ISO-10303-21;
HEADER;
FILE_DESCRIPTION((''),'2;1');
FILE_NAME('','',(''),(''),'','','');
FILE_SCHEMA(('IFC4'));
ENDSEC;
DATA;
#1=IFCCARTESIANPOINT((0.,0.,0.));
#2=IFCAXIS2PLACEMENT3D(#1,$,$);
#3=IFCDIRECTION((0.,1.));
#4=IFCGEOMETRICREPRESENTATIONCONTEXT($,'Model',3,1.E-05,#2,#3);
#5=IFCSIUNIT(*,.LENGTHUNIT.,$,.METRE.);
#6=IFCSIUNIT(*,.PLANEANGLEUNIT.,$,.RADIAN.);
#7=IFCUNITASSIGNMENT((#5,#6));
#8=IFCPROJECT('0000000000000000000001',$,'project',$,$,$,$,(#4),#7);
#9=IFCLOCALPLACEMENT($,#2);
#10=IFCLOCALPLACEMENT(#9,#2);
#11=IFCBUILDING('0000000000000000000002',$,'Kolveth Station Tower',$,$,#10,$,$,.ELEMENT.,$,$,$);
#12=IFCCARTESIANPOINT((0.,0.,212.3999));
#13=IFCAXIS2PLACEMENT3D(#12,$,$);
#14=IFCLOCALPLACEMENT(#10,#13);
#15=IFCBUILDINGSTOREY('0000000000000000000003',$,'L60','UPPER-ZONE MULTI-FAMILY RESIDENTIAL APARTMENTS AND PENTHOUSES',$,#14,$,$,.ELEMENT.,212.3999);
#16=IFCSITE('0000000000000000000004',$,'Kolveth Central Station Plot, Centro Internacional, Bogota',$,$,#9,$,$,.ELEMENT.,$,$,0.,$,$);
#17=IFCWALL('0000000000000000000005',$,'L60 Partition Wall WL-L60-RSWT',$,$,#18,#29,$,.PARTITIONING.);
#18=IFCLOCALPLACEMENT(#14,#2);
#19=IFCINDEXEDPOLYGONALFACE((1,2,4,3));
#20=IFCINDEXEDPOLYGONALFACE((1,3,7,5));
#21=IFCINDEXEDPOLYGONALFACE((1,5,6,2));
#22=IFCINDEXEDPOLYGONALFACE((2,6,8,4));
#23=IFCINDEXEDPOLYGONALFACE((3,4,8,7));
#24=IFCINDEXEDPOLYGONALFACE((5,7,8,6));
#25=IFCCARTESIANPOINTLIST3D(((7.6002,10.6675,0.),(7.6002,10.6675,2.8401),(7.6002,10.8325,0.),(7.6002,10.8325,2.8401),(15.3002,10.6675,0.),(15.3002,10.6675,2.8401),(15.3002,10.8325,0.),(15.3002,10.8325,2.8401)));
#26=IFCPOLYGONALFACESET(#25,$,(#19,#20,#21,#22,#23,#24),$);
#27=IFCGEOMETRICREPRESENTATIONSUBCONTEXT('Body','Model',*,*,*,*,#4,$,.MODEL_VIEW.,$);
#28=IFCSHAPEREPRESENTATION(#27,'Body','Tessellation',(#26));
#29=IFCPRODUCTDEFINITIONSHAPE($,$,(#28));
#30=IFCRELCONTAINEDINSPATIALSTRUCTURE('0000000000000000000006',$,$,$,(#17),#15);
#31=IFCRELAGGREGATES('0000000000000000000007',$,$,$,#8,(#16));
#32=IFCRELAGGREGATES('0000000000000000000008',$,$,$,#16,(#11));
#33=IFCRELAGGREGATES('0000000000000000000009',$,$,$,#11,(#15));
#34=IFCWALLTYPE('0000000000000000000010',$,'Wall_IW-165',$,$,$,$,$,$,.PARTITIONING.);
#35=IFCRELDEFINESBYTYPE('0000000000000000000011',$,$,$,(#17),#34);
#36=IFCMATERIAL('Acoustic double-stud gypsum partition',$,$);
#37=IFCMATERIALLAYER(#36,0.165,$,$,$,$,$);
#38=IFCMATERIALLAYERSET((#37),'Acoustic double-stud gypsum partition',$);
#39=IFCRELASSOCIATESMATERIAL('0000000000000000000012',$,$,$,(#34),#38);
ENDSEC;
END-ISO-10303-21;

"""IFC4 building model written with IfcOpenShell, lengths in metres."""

from ifc_helpers import new_model, si_unit, direction, frame, frame_2d, origin, place, context, subcontext, project, spatial, rectangle, extrude, material, layer, layer_set, type_object, element, save


model = new_model("IFC4")

# Units and contexts
model_context = context("Model", 3, precision=1e-05, world=origin(), true_north=direction((0.0, 1.0)))
body_context = subcontext(model_context, "Body", "Model", "MODEL_VIEW")
ifc_project = project(units=[si_unit("LENGTHUNIT", "METRE"), si_unit("PLANEANGLEUNIT", "RADIAN")], contexts=[model_context])

# Site, building, storey
site_placement = place(None, origin())
site = spatial("IfcSite", under=ifc_project, at=site_placement, Name="Kolveth Central Station Plot, Centro Internacional, Bogota", CompositionType="ELEMENT", RefElevation=0.0)
building_placement = place(site_placement, origin())
building = spatial("IfcBuilding", under=site, at=building_placement, Name="Kolveth Station Tower", CompositionType="ELEMENT")
storey_placement = place(building_placement, frame((0.0, 0.0, 212.3999)))
storey = spatial("IfcBuildingStorey", under=building, at=storey_placement, Name="L60", Description="UPPER-ZONE MULTI-FAMILY RESIDENTIAL APARTMENTS AND PENTHOUSES", CompositionType="ELEMENT", Elevation=212.3999)

# Wall
ifc_material_1 = material(Name="Acoustic double-stud gypsum partition")
ifc_layer_1 = layer(ifc_material_1, 0.165)
ifc_layer_set_1 = layer_set([ifc_layer_1], Name="Acoustic double-stud gypsum partition")
wall_type_1 = type_object("IfcWallType", Name="Wall_IW-165", PredefinedType="PARTITIONING", material=ifc_layer_set_1)
wall_1_placement = place(storey_placement, frame((7.6001, 10.75, 0.0), z_axis=(0.0, 0.0, 1.0), x_axis=(1.0, 0.0, 0.0)))
element("IfcWall", 1, at=wall_1_placement, inside=storey, type_object=wall_type_1, Name="L60 Partition Wall WL-L60-RSWT", PredefinedType="PARTITIONING", context=body_context, shape_type="SweptSolid", body=[
    extrude(rectangle(XDim=7.7, YDim=0.165, at=frame_2d((3.8501, 0.0))), origin(), (0.0, 0.0, 1.0), 2.8401),
])

save(model, "model.ifc")
